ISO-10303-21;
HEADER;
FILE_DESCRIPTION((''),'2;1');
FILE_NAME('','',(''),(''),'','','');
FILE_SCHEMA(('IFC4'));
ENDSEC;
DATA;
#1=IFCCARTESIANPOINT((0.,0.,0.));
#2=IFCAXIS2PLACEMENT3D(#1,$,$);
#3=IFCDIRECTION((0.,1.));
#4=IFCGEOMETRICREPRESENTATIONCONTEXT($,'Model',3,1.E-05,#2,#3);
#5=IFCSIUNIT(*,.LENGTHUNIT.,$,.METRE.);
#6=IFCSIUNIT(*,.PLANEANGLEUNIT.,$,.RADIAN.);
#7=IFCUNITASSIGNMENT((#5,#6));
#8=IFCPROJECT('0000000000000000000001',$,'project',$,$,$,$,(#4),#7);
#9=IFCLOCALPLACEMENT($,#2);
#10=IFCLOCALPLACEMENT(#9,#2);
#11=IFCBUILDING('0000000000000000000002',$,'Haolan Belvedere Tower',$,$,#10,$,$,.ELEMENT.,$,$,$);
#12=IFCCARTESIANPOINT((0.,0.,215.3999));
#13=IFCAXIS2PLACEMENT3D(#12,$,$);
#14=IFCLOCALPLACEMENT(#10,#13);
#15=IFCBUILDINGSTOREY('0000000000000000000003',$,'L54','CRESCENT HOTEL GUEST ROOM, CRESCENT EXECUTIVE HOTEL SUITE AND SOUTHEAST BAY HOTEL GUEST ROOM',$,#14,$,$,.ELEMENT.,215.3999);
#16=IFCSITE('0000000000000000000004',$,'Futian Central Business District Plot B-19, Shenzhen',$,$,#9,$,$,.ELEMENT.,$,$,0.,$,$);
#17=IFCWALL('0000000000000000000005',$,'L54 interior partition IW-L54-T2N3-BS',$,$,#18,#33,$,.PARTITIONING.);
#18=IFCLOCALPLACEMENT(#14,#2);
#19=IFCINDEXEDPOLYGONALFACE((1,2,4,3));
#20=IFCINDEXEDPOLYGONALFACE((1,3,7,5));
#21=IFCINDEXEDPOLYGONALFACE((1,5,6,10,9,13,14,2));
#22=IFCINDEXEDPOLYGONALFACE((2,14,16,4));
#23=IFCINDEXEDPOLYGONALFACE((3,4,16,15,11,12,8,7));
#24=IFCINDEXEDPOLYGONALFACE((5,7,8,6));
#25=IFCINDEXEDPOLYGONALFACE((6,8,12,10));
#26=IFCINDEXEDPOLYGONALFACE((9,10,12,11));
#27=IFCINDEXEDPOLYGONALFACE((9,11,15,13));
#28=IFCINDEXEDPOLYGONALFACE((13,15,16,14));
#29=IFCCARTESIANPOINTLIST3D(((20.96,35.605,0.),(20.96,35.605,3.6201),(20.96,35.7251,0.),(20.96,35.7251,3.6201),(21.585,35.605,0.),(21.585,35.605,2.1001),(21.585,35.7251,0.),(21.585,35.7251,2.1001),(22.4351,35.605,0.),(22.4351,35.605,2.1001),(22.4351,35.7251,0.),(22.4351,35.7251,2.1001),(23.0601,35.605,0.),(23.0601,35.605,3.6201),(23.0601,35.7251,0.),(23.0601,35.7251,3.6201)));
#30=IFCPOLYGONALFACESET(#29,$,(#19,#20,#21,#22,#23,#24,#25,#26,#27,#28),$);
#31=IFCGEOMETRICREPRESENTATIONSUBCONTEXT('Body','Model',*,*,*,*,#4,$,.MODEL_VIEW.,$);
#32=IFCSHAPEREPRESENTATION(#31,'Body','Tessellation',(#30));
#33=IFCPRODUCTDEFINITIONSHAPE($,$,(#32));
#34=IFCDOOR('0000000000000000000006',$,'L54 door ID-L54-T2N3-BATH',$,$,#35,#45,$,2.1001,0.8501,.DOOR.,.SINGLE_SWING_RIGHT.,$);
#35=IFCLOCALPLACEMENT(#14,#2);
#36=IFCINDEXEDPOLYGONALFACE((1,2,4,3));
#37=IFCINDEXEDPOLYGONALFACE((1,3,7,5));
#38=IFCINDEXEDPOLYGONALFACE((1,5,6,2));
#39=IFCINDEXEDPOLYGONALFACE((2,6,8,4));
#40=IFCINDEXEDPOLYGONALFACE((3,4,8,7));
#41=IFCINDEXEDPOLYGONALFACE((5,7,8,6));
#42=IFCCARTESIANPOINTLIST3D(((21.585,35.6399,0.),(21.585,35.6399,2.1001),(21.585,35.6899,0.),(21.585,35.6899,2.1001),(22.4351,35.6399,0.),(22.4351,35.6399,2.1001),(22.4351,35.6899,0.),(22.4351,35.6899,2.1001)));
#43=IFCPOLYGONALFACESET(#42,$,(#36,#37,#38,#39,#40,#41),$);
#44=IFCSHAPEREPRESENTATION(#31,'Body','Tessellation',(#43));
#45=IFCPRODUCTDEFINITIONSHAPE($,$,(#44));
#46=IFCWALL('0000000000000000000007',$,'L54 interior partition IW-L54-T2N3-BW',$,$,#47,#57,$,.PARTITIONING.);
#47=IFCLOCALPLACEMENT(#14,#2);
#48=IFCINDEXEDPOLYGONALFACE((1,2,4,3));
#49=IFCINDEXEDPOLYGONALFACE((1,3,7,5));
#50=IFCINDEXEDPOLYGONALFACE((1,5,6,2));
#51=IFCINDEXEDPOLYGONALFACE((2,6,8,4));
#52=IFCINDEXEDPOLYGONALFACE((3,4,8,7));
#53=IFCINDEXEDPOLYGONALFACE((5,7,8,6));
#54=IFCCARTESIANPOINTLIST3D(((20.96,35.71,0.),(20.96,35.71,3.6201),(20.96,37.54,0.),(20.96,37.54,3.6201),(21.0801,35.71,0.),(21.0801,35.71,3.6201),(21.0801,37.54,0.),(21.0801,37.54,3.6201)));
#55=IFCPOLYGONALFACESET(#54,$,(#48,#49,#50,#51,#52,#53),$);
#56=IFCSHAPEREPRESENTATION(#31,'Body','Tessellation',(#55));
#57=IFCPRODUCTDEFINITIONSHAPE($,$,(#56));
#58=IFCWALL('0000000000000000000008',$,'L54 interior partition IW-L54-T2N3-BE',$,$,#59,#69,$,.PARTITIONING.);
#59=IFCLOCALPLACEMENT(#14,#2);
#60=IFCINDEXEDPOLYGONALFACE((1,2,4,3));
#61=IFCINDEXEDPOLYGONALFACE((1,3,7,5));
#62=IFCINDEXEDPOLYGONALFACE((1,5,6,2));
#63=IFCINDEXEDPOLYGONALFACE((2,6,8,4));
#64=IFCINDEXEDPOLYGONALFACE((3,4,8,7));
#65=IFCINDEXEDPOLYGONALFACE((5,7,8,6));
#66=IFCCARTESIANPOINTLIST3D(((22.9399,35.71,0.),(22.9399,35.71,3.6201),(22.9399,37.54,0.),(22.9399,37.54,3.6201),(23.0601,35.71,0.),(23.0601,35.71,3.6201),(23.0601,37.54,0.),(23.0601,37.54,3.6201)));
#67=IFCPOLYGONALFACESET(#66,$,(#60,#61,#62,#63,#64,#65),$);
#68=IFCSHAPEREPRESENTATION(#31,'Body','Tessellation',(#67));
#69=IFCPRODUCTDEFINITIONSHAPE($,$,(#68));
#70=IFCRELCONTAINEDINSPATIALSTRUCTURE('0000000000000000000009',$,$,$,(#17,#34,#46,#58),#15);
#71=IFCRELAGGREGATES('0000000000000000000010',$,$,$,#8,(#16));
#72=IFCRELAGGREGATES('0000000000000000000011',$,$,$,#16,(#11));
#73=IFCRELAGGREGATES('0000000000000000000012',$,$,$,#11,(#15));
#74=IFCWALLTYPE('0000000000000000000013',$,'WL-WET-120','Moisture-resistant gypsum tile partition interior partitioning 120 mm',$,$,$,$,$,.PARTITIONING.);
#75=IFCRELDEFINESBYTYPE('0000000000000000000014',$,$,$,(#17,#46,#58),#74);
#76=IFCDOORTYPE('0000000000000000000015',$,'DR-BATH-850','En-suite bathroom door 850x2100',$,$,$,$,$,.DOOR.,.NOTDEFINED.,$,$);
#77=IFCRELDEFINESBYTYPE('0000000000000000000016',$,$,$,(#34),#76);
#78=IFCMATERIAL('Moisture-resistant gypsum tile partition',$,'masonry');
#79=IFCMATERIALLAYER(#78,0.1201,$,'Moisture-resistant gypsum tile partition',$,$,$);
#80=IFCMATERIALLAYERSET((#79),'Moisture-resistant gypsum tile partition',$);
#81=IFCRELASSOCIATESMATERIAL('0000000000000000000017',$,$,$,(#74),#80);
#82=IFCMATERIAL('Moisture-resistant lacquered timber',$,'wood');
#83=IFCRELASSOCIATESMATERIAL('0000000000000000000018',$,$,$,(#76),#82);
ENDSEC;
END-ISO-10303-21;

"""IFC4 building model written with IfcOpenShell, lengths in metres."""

from ifc_helpers import new_model, si_unit, direction, frame, frame_2d, origin, place, context, subcontext, project, spatial, rectangle, extrude, material, layer, layer_set, type_object, element, fill, save


model = new_model("IFC4")

# Units and contexts
model_context = context("Model", 3, precision=1e-05, world=origin(), true_north=direction((0.0, 1.0)))
body_context = subcontext(model_context, "Body", "Model", "MODEL_VIEW")
ifc_project = project(units=[si_unit("LENGTHUNIT", "METRE"), si_unit("PLANEANGLEUNIT", "RADIAN")], contexts=[model_context])

# Site, building, storey
site_placement = place(None, origin())
site = spatial("IfcSite", under=ifc_project, at=site_placement, Name="Futian Central Business District Plot B-19, Shenzhen", CompositionType="ELEMENT", RefElevation=0.0)
building_placement = place(site_placement, origin())
building = spatial("IfcBuilding", under=site, at=building_placement, Name="Haolan Belvedere Tower", CompositionType="ELEMENT")
storey_placement = place(building_placement, frame((0.0, 0.0, 215.3999)))
storey = spatial("IfcBuildingStorey", under=building, at=storey_placement, Name="L54", Description="CRESCENT HOTEL GUEST ROOM, CRESCENT EXECUTIVE HOTEL SUITE AND SOUTHEAST BAY HOTEL GUEST ROOM", CompositionType="ELEMENT", Elevation=215.3999)

# Shared definitions
ifc_material_1 = material(Name="Moisture-resistant gypsum tile partition", Category="masonry")
ifc_layer_1 = layer(ifc_material_1, 0.1201, Name="Moisture-resistant gypsum tile partition")
ifc_layer_set_1 = layer_set([ifc_layer_1], Name="Moisture-resistant gypsum tile partition")
wall_type_1 = type_object("IfcWallType", Name="WL-WET-120", Description="Moisture-resistant gypsum tile partition interior partitioning 120 mm", PredefinedType="PARTITIONING", material=ifc_layer_set_1)

# Wall, opening, door
wall_1_placement = place(storey_placement, frame((20.96, 35.665, 0.0), z_axis=(0.0, 0.0, 1.0), x_axis=(1.0, 0.0, 0.0)))
wall_1 = element("IfcWall", 1, at=wall_1_placement, inside=storey, type_object=wall_type_1, Name="L54 interior partition IW-L54-T2N3-BS", PredefinedType="PARTITIONING", context=body_context, shape_type="SweptSolid", body=[
    extrude(rectangle(XDim=2.1001, YDim=0.1201, at=frame_2d((1.05, 0.0))), origin(), (0.0, 0.0, 1.0), 3.6201),
])
opening_1_placement = place(wall_1_placement, frame((0.625, 0.0, 0.0)))
opening_1 = element("IfcOpeningElement", 2, at=opening_1_placement, cuts=wall_1, PredefinedType="OPENING", context=body_context, shape_type="SweptSolid", body=[
    extrude(rectangle(XDim=0.8501, YDim=2.1001, at=frame_2d((0.425, 1.05))), frame((0.0, 0.0701, 0.0), z_axis=(0.0, -1.0, 0.0), x_axis=(1.0, 0.0, 0.0)), (0.0, 0.0, 1.0), 0.1401),
])
ifc_material_2 = material(Name="Moisture-resistant lacquered timber", Category="wood")
door_type = type_object("IfcDoorType", Name="DR-BATH-850", Description="En-suite bathroom door 850x2100", OperationType="NOTDEFINED", PredefinedType="DOOR", material=ifc_material_2)
door_placement = place(opening_1_placement, origin())
door = element("IfcDoor", 3, at=door_placement, inside=storey, type_object=door_type, Name="L54 door ID-L54-T2N3-BATH", OperationType="SINGLE_SWING_RIGHT", OverallHeight=2.1001, OverallWidth=0.8501, PredefinedType="DOOR", context=body_context, shape_type="SweptSolid", body=[
    extrude(rectangle(XDim=0.8501, YDim=2.1001, at=frame_2d((0.425, 1.05))), frame((0.0, 0.0249, 0.0), z_axis=(0.0, -1.0, 0.0), x_axis=(1.0, 0.0, 0.0)), (0.0, 0.0, 1.0), 0.05),
])
fill(opening_1, door)

# Walls
for number, where, z_axis, x_axis, name in (
    (4, (21.02, 35.71, 0.0), (0.0, 0.0, 1.0), (0.0, 1.0, 0.0), "L54 interior partition IW-L54-T2N3-BW"),
    (5, (23.0, 35.71, 0.0), (0.0, 0.0, 1.0), (0.0, 1.0, 0.0), "L54 interior partition IW-L54-T2N3-BE"),
):
    element("IfcWall", number, at=place(storey_placement, frame(where, z_axis=z_axis, x_axis=x_axis)), inside=storey, type_object=wall_type_1, Name=name, PredefinedType="PARTITIONING", context=body_context, shape_type="SweptSolid", body=[
        extrude(rectangle(XDim=1.8301, YDim=0.1201, at=frame_2d((0.915, 0.0))), origin(), (0.0, 0.0, 1.0), 3.6201),
    ])

save(model, "model.ifc")
